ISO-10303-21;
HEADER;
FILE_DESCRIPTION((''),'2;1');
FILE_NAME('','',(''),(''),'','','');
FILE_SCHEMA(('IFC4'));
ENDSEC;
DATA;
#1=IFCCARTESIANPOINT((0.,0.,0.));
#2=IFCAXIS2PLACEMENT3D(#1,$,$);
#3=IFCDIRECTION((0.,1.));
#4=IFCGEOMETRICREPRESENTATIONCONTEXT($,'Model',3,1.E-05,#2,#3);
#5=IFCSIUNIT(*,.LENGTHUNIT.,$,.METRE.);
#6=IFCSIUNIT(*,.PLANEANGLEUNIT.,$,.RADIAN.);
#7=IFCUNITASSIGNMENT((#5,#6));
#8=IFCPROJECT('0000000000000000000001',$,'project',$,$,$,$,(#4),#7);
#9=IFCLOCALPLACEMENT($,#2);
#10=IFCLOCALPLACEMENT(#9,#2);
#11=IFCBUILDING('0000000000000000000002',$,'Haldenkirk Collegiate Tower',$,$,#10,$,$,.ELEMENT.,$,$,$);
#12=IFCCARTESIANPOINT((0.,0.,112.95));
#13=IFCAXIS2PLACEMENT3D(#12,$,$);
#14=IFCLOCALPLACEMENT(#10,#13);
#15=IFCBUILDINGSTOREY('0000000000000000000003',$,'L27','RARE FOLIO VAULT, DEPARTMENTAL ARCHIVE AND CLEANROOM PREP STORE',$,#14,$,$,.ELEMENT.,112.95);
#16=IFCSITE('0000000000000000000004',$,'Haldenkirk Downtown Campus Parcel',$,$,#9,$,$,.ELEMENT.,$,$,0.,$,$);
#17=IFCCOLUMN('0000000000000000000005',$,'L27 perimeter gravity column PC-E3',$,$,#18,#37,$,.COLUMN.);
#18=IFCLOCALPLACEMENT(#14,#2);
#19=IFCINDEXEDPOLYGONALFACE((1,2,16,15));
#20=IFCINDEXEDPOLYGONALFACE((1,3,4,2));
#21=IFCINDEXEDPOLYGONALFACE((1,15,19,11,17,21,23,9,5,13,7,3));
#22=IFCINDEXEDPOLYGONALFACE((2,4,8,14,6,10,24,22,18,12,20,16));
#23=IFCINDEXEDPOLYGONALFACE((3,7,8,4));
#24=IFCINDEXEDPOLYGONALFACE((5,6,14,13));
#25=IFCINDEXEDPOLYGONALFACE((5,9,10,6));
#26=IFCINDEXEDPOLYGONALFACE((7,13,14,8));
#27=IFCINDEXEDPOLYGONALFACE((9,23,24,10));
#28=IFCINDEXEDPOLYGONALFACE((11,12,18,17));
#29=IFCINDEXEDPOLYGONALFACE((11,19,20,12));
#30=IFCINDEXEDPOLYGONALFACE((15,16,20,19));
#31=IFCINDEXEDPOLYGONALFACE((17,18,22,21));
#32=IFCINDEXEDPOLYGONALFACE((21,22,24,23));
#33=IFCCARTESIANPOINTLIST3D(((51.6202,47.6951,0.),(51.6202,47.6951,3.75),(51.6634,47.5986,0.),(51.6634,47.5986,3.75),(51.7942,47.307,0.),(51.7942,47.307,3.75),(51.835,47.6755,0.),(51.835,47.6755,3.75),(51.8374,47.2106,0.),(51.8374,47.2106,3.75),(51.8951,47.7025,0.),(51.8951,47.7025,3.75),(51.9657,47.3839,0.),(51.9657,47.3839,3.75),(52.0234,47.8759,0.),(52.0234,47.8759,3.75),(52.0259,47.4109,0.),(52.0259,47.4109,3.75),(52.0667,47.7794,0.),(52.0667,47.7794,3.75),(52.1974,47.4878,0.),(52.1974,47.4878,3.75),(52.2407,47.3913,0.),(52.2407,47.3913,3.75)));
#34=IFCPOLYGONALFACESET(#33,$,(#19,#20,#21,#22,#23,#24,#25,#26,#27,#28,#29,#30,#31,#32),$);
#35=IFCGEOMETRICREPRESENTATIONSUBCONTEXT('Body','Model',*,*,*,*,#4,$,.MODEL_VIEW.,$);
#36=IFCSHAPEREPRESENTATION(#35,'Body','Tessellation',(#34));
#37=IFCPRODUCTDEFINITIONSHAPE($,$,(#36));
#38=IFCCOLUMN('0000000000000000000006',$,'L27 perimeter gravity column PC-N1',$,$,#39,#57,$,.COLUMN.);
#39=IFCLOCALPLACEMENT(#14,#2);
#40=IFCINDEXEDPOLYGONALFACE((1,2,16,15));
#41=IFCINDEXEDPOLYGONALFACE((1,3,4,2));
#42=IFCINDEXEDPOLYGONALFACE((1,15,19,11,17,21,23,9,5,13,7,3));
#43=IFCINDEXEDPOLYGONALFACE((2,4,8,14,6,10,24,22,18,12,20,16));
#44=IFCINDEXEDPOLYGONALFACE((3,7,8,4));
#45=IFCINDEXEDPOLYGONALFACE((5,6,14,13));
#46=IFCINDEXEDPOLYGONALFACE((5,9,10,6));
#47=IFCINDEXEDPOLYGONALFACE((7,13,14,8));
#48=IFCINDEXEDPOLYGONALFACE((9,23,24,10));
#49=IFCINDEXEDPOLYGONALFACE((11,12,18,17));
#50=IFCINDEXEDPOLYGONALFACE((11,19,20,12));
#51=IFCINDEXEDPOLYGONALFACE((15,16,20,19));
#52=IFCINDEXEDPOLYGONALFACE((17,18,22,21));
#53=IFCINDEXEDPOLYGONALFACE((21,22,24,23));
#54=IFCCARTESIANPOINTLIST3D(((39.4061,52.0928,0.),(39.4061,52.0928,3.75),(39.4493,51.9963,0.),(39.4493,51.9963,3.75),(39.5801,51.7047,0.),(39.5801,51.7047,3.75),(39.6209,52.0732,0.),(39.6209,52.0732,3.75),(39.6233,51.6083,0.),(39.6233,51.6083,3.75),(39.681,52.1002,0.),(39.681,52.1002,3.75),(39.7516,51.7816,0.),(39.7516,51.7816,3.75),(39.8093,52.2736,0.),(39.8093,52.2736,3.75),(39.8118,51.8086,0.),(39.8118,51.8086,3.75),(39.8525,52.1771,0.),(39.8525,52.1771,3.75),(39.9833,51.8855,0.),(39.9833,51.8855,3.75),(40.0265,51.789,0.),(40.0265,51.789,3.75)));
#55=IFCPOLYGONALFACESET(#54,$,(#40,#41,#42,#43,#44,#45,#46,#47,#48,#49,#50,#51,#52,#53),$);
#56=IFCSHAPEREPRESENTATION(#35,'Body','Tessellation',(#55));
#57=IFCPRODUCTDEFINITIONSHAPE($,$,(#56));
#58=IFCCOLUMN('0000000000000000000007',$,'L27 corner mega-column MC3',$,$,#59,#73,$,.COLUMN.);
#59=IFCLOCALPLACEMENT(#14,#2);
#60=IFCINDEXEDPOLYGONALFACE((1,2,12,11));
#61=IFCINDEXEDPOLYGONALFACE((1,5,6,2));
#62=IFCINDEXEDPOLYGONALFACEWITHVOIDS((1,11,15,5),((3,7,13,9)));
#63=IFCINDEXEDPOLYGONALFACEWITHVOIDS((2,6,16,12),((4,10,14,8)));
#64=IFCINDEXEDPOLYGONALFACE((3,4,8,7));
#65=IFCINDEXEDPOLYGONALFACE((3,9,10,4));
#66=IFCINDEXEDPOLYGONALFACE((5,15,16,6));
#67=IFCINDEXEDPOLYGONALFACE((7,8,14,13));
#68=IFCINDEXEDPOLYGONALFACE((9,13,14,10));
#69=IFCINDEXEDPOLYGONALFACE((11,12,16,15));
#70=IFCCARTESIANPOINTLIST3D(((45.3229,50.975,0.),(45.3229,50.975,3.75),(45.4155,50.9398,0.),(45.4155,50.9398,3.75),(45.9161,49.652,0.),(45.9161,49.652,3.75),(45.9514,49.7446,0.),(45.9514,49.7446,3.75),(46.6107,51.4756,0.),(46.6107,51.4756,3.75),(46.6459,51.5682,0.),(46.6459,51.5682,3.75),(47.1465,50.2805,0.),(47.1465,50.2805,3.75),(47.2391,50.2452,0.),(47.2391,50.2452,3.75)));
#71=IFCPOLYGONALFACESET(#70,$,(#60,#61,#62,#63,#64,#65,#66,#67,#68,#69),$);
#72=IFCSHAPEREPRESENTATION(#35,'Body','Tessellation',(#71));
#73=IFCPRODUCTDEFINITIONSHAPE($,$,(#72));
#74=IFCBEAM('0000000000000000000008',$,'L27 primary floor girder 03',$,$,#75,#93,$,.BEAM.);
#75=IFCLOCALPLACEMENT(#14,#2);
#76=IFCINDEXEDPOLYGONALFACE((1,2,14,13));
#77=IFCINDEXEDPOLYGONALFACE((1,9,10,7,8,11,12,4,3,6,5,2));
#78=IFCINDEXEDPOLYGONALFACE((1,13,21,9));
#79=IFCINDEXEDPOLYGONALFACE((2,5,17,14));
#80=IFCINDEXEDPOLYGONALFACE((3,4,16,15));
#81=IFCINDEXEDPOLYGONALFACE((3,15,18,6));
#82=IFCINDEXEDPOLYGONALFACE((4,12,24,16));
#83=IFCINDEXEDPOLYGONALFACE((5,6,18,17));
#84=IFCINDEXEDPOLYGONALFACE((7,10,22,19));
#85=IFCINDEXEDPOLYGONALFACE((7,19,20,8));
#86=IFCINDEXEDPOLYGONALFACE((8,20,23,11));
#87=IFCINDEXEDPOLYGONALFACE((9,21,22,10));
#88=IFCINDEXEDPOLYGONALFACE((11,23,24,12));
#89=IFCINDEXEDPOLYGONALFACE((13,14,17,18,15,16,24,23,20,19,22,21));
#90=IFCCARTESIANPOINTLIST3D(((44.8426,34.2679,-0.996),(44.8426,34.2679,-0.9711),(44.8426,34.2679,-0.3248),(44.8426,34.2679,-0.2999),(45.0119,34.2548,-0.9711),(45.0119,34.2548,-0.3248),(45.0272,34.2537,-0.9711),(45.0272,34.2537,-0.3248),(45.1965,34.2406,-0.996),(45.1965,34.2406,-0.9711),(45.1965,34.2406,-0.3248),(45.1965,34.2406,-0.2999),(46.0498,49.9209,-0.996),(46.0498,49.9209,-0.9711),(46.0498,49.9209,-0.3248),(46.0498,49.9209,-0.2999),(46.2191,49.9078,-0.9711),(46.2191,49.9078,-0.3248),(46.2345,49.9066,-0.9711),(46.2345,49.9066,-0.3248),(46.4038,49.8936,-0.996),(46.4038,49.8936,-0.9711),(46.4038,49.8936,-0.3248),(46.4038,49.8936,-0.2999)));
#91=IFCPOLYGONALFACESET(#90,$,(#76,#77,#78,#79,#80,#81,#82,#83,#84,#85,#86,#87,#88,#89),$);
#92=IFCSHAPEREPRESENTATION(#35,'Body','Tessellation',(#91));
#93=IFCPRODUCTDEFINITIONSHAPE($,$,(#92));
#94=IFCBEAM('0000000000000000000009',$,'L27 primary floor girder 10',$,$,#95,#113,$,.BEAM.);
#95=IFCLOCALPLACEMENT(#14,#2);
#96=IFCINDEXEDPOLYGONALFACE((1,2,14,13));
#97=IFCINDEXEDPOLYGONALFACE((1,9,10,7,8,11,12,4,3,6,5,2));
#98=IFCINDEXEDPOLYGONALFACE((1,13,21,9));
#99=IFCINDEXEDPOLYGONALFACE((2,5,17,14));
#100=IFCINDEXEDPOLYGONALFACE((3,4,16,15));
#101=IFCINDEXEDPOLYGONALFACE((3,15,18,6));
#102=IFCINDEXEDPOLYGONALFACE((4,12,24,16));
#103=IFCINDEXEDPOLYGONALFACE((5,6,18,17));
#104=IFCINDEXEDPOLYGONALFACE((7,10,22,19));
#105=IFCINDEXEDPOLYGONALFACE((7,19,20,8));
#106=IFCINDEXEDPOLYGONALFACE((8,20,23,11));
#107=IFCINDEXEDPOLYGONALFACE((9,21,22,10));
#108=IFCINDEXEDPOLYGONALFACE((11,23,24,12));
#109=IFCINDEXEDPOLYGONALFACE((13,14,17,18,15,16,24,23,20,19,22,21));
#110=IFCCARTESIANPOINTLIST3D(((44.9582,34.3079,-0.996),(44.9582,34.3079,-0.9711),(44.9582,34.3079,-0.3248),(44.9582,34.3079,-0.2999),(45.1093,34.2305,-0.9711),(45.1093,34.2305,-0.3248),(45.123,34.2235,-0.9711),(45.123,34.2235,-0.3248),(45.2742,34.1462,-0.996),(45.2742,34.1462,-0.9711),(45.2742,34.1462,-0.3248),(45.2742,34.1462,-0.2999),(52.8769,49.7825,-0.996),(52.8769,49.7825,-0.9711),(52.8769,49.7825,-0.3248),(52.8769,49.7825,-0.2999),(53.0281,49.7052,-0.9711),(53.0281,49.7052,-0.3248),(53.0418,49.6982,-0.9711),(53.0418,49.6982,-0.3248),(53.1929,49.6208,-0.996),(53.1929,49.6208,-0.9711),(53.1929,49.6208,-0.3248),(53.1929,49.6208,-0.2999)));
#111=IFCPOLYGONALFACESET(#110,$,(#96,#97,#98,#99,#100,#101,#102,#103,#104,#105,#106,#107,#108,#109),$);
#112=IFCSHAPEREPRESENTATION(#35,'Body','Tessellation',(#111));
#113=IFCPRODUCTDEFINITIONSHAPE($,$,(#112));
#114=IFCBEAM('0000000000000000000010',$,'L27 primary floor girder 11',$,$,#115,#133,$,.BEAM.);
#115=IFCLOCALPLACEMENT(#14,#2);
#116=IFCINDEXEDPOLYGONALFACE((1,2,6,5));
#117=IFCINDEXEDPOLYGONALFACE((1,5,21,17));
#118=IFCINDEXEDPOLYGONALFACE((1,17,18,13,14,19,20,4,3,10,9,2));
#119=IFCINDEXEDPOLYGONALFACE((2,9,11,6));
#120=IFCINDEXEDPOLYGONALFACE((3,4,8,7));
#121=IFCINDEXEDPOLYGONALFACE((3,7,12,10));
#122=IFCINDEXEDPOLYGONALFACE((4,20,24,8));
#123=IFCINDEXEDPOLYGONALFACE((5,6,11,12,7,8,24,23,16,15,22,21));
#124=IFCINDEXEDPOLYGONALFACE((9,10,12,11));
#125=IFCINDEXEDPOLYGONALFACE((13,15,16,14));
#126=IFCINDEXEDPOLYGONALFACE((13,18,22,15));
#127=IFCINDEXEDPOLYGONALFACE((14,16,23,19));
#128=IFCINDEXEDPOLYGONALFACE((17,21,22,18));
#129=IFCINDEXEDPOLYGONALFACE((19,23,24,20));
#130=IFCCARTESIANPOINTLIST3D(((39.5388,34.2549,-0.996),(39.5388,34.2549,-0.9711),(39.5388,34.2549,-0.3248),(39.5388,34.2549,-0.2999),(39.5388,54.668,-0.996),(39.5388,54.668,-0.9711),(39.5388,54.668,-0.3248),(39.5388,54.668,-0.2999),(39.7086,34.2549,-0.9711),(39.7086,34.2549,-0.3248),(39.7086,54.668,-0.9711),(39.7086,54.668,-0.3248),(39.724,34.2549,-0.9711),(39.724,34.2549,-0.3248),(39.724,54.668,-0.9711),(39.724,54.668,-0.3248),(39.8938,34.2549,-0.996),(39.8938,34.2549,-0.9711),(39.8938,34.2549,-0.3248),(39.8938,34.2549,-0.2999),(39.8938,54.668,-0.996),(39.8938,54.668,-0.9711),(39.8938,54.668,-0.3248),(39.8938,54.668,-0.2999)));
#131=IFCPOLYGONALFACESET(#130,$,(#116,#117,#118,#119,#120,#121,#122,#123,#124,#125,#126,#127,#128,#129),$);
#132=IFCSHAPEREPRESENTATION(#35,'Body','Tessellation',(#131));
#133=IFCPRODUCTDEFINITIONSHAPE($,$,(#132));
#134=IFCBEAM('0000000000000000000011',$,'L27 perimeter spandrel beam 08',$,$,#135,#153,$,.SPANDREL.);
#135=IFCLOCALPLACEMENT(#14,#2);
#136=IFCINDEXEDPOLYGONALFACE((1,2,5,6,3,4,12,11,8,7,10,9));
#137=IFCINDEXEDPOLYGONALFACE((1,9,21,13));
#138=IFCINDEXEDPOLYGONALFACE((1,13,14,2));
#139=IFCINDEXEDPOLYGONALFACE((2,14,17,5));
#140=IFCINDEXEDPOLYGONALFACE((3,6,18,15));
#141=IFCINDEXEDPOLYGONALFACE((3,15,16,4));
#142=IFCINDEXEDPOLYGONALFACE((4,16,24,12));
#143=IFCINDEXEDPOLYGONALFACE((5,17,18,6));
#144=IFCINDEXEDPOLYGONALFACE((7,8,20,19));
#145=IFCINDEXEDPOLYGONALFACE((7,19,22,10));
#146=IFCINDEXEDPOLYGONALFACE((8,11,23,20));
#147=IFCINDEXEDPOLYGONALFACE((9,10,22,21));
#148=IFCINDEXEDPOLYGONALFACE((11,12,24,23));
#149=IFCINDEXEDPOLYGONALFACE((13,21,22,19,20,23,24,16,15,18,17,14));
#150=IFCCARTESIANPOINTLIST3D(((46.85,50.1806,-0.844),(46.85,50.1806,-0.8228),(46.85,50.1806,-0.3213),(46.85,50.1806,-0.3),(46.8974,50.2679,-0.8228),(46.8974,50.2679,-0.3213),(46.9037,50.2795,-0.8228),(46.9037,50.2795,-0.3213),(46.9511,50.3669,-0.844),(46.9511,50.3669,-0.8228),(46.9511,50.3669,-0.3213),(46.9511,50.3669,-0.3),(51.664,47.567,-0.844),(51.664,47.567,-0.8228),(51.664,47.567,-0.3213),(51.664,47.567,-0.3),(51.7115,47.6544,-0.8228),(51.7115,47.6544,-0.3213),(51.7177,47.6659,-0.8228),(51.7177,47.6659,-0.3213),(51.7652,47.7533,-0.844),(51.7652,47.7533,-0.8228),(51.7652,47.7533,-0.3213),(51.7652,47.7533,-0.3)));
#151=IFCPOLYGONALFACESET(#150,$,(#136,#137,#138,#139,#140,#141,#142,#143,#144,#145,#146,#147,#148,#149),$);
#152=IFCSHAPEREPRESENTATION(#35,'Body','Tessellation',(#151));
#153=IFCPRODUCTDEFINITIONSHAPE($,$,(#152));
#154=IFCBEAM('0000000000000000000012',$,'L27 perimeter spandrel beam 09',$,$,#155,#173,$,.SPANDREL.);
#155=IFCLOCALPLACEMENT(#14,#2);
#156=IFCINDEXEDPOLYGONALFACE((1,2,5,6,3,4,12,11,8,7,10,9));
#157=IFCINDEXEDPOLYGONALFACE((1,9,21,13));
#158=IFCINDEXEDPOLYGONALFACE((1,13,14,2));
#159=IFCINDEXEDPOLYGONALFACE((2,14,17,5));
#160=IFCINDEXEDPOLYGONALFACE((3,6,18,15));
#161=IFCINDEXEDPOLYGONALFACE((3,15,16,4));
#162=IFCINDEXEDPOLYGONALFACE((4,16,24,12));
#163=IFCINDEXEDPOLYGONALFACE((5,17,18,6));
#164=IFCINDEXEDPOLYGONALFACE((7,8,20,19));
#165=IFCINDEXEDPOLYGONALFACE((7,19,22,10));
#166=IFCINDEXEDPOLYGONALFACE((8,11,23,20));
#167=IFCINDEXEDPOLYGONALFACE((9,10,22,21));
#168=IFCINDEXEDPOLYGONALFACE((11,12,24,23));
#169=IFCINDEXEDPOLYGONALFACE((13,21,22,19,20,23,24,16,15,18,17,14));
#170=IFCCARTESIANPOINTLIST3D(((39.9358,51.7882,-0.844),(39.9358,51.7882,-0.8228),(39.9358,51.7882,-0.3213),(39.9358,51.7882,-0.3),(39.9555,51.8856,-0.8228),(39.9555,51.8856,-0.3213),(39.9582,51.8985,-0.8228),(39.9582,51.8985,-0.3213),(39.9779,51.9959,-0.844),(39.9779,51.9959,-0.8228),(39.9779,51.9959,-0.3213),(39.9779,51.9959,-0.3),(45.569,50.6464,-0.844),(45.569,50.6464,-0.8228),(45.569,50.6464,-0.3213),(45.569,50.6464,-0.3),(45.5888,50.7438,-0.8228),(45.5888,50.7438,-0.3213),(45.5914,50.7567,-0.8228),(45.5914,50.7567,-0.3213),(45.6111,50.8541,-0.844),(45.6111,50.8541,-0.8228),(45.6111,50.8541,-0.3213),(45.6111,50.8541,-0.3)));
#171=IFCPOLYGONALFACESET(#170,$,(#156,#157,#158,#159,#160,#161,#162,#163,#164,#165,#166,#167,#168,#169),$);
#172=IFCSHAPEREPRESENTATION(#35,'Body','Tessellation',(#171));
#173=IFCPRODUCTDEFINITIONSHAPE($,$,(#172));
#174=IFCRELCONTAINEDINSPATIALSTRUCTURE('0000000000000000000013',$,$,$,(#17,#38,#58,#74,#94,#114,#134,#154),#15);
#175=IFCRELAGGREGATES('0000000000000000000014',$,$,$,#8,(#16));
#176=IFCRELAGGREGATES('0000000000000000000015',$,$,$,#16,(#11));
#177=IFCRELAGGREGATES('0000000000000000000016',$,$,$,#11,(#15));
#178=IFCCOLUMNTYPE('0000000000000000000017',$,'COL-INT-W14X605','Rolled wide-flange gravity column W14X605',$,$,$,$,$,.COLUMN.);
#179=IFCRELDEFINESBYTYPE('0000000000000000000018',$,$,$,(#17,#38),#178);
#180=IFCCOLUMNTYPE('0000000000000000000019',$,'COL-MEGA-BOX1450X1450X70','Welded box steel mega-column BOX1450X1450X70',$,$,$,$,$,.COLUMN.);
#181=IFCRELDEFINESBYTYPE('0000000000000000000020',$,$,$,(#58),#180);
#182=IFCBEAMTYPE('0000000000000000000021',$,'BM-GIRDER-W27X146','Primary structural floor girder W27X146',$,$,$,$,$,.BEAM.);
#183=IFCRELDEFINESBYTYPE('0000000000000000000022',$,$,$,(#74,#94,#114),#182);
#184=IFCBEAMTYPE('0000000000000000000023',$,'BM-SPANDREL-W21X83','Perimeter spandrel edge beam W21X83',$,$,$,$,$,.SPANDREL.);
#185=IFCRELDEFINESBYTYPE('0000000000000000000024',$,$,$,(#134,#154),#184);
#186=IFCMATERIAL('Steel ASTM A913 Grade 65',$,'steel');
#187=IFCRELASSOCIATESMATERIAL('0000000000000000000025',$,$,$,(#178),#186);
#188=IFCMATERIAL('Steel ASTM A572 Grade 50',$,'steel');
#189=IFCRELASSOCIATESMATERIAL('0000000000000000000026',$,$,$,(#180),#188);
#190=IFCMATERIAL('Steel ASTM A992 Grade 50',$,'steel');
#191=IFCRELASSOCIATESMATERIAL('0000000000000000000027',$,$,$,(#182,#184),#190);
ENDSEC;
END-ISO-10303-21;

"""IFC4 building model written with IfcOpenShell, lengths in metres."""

from ifc_helpers import new_model, si_unit, direction, frame, origin, origin_2d, place, context, subcontext, project, spatial, hollow_rectangle, i_section, extrude, material, material_profile, profile_set, type_object, element, save


model = new_model("IFC4")

# Units and contexts
model_context = context("Model", 3, precision=1e-05, world=origin(), true_north=direction((0.0, 1.0)))
body_context = subcontext(model_context, "Body", "Model", "MODEL_VIEW")
ifc_project = project(units=[si_unit("LENGTHUNIT", "METRE"), si_unit("PLANEANGLEUNIT", "RADIAN")], contexts=[model_context])

# Site, building, storey
site_placement = place(None, origin())
site = spatial("IfcSite", under=ifc_project, at=site_placement, Name="Haldenkirk Downtown Campus Parcel", CompositionType="ELEMENT", RefElevation=0.0)
building_placement = place(site_placement, origin())
building = spatial("IfcBuilding", under=site, at=building_placement, Name="Haldenkirk Collegiate Tower", CompositionType="ELEMENT")
storey_placement = place(building_placement, frame((0.0, 0.0, 112.95)))
storey = spatial("IfcBuildingStorey", under=building, at=storey_placement, Name="L27", Description="RARE FOLIO VAULT, DEPARTMENTAL ARCHIVE AND CLEANROOM PREP STORE", CompositionType="ELEMENT", Elevation=112.95)

# Columns
ifc_material_1 = material(Name="Steel ASTM A913 Grade 65", Category="steel")
ifc_material_profile_1 = material_profile(ifc_material_1, i_section(OverallWidth=0.4419, OverallDepth=0.531, WebThickness=0.0659, FlangeThickness=0.1057, at=origin_2d()), Name="W14X605")
ifc_profile_set_1 = profile_set([ifc_material_profile_1], Name="Steel ASTM A913 Grade 65")
column_type_1 = type_object("IfcColumnType", Name="COL-INT-W14X605", Description="Rolled wide-flange gravity column W14X605", PredefinedType="COLUMN", material=ifc_profile_set_1)
for number, where, z_axis, x_axis, name in (
    (1, (51.9304, 47.5432, 0.0), (0.0, 0.0, 1.0), (0.912477, 0.409127, 0.0), "L27 perimeter gravity column PC-E3"),
    (2, (39.7163, 51.9409, 0.0), (0.0, 0.0, 1.0), (0.912477, 0.409127, 0.0), "L27 perimeter gravity column PC-N1"),
):
    element("IfcColumn", number, at=place(storey_placement, frame(where, z_axis=z_axis, x_axis=x_axis)), inside=storey, type_object=column_type_1, Name=name, PredefinedType="COLUMN", context=body_context, shape_type="SweptSolid", body=[
        extrude(i_section(OverallWidth=0.4419, OverallDepth=0.531, WebThickness=0.0659, FlangeThickness=0.1057, at=origin_2d()), origin(), (0.0, 0.0, 1.0), 3.75),
    ])
ifc_material_2 = material(Name="Steel ASTM A572 Grade 50", Category="steel")
ifc_material_profile_2 = material_profile(ifc_material_2, hollow_rectangle(XDim=1.45, YDim=1.45, WallThickness=0.0701, at=origin_2d()), Name="BOX1450X1450X70")
ifc_profile_set_2 = profile_set([ifc_material_profile_2], Name="Steel ASTM A572 Grade 50")
column_type_2 = type_object("IfcColumnType", Name="COL-MEGA-BOX1450X1450X70", Description="Welded box steel mega-column BOX1450X1450X70", PredefinedType="COLUMN", material=ifc_profile_set_2)
column_placement = place(storey_placement, frame((46.281, 50.6101, 0.0), z_axis=(0.0, 0.0, 1.0), x_axis=(0.912477, 0.409127, 0.0)))
element("IfcColumn", 3, at=column_placement, inside=storey, type_object=column_type_2, Name="L27 corner mega-column MC3", PredefinedType="COLUMN", context=body_context, shape_type="SweptSolid", body=[
    extrude(hollow_rectangle(XDim=1.45, YDim=1.45, WallThickness=0.0701, at=origin_2d()), origin(), (0.0, 0.0, 1.0), 3.75),
])

# Beams
ifc_material_3 = material(Name="Steel ASTM A992 Grade 50", Category="steel")
ifc_material_profile_3 = material_profile(ifc_material_3, i_section(OverallWidth=0.355, OverallDepth=0.696, WebThickness=0.0154, FlangeThickness=0.0249, at=origin_2d()), Name="W27X146")
ifc_profile_set_3 = profile_set([ifc_material_profile_3], Name="Steel ASTM A992 Grade 50")
beam_type_1 = type_object("IfcBeamType", Name="BM-GIRDER-W27X146", Description="Primary structural floor girder W27X146", PredefinedType="BEAM", material=ifc_profile_set_3)
beam_1_placement = place(storey_placement, frame((46.2268, 49.9072, -0.6479), z_axis=(-0.076899, -0.997039, 0.0), x_axis=(0.997039, -0.076899, 0.0)))
element("IfcBeam", 4, at=beam_1_placement, inside=storey, type_object=beam_type_1, Name="L27 primary floor girder 03", PredefinedType="BEAM", context=body_context, shape_type="SweptSolid", body=[
    extrude(i_section(OverallWidth=0.355, OverallDepth=0.696, WebThickness=0.0154, FlangeThickness=0.0249, at=origin_2d()), origin(), (0.0, 0.0, 1.0), 15.6995),
])
beam_2_placement = place(storey_placement, frame((53.0349, 49.7017, -0.6479), z_axis=(-0.455542, -0.890214, 0.0), x_axis=(0.890214, -0.455542, 0.0)))
element("IfcBeam", 5, at=beam_2_placement, inside=storey, type_object=beam_type_1, Name="L27 primary floor girder 10", PredefinedType="BEAM", context=body_context, shape_type="SweptSolid", body=[
    extrude(i_section(OverallWidth=0.355, OverallDepth=0.696, WebThickness=0.0154, FlangeThickness=0.0249, at=origin_2d()), origin(), (0.0, 0.0, 1.0), 17.3831),
])
beam_3_placement = place(storey_placement, frame((39.7163, 54.668, -0.6479), z_axis=(0.0, -1.0, 0.0), x_axis=(1.0, 0.0, 0.0)))
element("IfcBeam", 6, at=beam_3_placement, inside=storey, type_object=beam_type_1, Name="L27 primary floor girder 11", PredefinedType="BEAM", context=body_context, shape_type="SweptSolid", body=[
    extrude(i_section(OverallWidth=0.355, OverallDepth=0.696, WebThickness=0.0154, FlangeThickness=0.0249, at=origin_2d()), origin(), (0.0, 0.0, 1.0), 20.4131),
])
ifc_material_profile_4 = material_profile(ifc_material_3, i_section(OverallWidth=0.2119, OverallDepth=0.5439, WebThickness=0.0132, FlangeThickness=0.0212, at=origin_2d()), Name="W21X83")
ifc_profile_set_4 = profile_set([ifc_material_profile_4], Name="Steel ASTM A992 Grade 50")
beam_type_2 = type_object("IfcBeamType", Name="BM-SPANDREL-W21X83", Description="Perimeter spandrel edge beam W21X83", PredefinedType="SPANDREL", material=ifc_profile_set_4)
beam_4_placement = place(storey_placement, frame((51.7146, 47.6602, -0.572), z_axis=(-0.878836, 0.477124, 0.0), x_axis=(-0.477124, -0.878836, 0.0)))
element("IfcBeam", 7, at=beam_4_placement, inside=storey, type_object=beam_type_2, Name="L27 perimeter spandrel beam 08", PredefinedType="SPANDREL", context=body_context, shape_type="SweptSolid", body=[
    extrude(i_section(OverallWidth=0.2119, OverallDepth=0.5439, WebThickness=0.0132, FlangeThickness=0.0212, at=origin_2d()), origin(), (0.0, 0.0, 1.0), 5.4778),
])
beam_5_placement = place(storey_placement, frame((45.5901, 50.7502, -0.572), z_axis=(-0.980069, 0.198656, 0.0), x_axis=(-0.198656, -0.980069, 0.0)))
element("IfcBeam", 8, at=beam_5_placement, inside=storey, type_object=beam_type_2, Name="L27 perimeter spandrel beam 09", PredefinedType="SPANDREL", context=body_context, shape_type="SweptSolid", body=[
    extrude(i_section(OverallWidth=0.2119, OverallDepth=0.5439, WebThickness=0.0132, FlangeThickness=0.0212, at=origin_2d()), origin(), (0.0, 0.0, 1.0), 5.7478),
])

save(model, "model.ifc")
